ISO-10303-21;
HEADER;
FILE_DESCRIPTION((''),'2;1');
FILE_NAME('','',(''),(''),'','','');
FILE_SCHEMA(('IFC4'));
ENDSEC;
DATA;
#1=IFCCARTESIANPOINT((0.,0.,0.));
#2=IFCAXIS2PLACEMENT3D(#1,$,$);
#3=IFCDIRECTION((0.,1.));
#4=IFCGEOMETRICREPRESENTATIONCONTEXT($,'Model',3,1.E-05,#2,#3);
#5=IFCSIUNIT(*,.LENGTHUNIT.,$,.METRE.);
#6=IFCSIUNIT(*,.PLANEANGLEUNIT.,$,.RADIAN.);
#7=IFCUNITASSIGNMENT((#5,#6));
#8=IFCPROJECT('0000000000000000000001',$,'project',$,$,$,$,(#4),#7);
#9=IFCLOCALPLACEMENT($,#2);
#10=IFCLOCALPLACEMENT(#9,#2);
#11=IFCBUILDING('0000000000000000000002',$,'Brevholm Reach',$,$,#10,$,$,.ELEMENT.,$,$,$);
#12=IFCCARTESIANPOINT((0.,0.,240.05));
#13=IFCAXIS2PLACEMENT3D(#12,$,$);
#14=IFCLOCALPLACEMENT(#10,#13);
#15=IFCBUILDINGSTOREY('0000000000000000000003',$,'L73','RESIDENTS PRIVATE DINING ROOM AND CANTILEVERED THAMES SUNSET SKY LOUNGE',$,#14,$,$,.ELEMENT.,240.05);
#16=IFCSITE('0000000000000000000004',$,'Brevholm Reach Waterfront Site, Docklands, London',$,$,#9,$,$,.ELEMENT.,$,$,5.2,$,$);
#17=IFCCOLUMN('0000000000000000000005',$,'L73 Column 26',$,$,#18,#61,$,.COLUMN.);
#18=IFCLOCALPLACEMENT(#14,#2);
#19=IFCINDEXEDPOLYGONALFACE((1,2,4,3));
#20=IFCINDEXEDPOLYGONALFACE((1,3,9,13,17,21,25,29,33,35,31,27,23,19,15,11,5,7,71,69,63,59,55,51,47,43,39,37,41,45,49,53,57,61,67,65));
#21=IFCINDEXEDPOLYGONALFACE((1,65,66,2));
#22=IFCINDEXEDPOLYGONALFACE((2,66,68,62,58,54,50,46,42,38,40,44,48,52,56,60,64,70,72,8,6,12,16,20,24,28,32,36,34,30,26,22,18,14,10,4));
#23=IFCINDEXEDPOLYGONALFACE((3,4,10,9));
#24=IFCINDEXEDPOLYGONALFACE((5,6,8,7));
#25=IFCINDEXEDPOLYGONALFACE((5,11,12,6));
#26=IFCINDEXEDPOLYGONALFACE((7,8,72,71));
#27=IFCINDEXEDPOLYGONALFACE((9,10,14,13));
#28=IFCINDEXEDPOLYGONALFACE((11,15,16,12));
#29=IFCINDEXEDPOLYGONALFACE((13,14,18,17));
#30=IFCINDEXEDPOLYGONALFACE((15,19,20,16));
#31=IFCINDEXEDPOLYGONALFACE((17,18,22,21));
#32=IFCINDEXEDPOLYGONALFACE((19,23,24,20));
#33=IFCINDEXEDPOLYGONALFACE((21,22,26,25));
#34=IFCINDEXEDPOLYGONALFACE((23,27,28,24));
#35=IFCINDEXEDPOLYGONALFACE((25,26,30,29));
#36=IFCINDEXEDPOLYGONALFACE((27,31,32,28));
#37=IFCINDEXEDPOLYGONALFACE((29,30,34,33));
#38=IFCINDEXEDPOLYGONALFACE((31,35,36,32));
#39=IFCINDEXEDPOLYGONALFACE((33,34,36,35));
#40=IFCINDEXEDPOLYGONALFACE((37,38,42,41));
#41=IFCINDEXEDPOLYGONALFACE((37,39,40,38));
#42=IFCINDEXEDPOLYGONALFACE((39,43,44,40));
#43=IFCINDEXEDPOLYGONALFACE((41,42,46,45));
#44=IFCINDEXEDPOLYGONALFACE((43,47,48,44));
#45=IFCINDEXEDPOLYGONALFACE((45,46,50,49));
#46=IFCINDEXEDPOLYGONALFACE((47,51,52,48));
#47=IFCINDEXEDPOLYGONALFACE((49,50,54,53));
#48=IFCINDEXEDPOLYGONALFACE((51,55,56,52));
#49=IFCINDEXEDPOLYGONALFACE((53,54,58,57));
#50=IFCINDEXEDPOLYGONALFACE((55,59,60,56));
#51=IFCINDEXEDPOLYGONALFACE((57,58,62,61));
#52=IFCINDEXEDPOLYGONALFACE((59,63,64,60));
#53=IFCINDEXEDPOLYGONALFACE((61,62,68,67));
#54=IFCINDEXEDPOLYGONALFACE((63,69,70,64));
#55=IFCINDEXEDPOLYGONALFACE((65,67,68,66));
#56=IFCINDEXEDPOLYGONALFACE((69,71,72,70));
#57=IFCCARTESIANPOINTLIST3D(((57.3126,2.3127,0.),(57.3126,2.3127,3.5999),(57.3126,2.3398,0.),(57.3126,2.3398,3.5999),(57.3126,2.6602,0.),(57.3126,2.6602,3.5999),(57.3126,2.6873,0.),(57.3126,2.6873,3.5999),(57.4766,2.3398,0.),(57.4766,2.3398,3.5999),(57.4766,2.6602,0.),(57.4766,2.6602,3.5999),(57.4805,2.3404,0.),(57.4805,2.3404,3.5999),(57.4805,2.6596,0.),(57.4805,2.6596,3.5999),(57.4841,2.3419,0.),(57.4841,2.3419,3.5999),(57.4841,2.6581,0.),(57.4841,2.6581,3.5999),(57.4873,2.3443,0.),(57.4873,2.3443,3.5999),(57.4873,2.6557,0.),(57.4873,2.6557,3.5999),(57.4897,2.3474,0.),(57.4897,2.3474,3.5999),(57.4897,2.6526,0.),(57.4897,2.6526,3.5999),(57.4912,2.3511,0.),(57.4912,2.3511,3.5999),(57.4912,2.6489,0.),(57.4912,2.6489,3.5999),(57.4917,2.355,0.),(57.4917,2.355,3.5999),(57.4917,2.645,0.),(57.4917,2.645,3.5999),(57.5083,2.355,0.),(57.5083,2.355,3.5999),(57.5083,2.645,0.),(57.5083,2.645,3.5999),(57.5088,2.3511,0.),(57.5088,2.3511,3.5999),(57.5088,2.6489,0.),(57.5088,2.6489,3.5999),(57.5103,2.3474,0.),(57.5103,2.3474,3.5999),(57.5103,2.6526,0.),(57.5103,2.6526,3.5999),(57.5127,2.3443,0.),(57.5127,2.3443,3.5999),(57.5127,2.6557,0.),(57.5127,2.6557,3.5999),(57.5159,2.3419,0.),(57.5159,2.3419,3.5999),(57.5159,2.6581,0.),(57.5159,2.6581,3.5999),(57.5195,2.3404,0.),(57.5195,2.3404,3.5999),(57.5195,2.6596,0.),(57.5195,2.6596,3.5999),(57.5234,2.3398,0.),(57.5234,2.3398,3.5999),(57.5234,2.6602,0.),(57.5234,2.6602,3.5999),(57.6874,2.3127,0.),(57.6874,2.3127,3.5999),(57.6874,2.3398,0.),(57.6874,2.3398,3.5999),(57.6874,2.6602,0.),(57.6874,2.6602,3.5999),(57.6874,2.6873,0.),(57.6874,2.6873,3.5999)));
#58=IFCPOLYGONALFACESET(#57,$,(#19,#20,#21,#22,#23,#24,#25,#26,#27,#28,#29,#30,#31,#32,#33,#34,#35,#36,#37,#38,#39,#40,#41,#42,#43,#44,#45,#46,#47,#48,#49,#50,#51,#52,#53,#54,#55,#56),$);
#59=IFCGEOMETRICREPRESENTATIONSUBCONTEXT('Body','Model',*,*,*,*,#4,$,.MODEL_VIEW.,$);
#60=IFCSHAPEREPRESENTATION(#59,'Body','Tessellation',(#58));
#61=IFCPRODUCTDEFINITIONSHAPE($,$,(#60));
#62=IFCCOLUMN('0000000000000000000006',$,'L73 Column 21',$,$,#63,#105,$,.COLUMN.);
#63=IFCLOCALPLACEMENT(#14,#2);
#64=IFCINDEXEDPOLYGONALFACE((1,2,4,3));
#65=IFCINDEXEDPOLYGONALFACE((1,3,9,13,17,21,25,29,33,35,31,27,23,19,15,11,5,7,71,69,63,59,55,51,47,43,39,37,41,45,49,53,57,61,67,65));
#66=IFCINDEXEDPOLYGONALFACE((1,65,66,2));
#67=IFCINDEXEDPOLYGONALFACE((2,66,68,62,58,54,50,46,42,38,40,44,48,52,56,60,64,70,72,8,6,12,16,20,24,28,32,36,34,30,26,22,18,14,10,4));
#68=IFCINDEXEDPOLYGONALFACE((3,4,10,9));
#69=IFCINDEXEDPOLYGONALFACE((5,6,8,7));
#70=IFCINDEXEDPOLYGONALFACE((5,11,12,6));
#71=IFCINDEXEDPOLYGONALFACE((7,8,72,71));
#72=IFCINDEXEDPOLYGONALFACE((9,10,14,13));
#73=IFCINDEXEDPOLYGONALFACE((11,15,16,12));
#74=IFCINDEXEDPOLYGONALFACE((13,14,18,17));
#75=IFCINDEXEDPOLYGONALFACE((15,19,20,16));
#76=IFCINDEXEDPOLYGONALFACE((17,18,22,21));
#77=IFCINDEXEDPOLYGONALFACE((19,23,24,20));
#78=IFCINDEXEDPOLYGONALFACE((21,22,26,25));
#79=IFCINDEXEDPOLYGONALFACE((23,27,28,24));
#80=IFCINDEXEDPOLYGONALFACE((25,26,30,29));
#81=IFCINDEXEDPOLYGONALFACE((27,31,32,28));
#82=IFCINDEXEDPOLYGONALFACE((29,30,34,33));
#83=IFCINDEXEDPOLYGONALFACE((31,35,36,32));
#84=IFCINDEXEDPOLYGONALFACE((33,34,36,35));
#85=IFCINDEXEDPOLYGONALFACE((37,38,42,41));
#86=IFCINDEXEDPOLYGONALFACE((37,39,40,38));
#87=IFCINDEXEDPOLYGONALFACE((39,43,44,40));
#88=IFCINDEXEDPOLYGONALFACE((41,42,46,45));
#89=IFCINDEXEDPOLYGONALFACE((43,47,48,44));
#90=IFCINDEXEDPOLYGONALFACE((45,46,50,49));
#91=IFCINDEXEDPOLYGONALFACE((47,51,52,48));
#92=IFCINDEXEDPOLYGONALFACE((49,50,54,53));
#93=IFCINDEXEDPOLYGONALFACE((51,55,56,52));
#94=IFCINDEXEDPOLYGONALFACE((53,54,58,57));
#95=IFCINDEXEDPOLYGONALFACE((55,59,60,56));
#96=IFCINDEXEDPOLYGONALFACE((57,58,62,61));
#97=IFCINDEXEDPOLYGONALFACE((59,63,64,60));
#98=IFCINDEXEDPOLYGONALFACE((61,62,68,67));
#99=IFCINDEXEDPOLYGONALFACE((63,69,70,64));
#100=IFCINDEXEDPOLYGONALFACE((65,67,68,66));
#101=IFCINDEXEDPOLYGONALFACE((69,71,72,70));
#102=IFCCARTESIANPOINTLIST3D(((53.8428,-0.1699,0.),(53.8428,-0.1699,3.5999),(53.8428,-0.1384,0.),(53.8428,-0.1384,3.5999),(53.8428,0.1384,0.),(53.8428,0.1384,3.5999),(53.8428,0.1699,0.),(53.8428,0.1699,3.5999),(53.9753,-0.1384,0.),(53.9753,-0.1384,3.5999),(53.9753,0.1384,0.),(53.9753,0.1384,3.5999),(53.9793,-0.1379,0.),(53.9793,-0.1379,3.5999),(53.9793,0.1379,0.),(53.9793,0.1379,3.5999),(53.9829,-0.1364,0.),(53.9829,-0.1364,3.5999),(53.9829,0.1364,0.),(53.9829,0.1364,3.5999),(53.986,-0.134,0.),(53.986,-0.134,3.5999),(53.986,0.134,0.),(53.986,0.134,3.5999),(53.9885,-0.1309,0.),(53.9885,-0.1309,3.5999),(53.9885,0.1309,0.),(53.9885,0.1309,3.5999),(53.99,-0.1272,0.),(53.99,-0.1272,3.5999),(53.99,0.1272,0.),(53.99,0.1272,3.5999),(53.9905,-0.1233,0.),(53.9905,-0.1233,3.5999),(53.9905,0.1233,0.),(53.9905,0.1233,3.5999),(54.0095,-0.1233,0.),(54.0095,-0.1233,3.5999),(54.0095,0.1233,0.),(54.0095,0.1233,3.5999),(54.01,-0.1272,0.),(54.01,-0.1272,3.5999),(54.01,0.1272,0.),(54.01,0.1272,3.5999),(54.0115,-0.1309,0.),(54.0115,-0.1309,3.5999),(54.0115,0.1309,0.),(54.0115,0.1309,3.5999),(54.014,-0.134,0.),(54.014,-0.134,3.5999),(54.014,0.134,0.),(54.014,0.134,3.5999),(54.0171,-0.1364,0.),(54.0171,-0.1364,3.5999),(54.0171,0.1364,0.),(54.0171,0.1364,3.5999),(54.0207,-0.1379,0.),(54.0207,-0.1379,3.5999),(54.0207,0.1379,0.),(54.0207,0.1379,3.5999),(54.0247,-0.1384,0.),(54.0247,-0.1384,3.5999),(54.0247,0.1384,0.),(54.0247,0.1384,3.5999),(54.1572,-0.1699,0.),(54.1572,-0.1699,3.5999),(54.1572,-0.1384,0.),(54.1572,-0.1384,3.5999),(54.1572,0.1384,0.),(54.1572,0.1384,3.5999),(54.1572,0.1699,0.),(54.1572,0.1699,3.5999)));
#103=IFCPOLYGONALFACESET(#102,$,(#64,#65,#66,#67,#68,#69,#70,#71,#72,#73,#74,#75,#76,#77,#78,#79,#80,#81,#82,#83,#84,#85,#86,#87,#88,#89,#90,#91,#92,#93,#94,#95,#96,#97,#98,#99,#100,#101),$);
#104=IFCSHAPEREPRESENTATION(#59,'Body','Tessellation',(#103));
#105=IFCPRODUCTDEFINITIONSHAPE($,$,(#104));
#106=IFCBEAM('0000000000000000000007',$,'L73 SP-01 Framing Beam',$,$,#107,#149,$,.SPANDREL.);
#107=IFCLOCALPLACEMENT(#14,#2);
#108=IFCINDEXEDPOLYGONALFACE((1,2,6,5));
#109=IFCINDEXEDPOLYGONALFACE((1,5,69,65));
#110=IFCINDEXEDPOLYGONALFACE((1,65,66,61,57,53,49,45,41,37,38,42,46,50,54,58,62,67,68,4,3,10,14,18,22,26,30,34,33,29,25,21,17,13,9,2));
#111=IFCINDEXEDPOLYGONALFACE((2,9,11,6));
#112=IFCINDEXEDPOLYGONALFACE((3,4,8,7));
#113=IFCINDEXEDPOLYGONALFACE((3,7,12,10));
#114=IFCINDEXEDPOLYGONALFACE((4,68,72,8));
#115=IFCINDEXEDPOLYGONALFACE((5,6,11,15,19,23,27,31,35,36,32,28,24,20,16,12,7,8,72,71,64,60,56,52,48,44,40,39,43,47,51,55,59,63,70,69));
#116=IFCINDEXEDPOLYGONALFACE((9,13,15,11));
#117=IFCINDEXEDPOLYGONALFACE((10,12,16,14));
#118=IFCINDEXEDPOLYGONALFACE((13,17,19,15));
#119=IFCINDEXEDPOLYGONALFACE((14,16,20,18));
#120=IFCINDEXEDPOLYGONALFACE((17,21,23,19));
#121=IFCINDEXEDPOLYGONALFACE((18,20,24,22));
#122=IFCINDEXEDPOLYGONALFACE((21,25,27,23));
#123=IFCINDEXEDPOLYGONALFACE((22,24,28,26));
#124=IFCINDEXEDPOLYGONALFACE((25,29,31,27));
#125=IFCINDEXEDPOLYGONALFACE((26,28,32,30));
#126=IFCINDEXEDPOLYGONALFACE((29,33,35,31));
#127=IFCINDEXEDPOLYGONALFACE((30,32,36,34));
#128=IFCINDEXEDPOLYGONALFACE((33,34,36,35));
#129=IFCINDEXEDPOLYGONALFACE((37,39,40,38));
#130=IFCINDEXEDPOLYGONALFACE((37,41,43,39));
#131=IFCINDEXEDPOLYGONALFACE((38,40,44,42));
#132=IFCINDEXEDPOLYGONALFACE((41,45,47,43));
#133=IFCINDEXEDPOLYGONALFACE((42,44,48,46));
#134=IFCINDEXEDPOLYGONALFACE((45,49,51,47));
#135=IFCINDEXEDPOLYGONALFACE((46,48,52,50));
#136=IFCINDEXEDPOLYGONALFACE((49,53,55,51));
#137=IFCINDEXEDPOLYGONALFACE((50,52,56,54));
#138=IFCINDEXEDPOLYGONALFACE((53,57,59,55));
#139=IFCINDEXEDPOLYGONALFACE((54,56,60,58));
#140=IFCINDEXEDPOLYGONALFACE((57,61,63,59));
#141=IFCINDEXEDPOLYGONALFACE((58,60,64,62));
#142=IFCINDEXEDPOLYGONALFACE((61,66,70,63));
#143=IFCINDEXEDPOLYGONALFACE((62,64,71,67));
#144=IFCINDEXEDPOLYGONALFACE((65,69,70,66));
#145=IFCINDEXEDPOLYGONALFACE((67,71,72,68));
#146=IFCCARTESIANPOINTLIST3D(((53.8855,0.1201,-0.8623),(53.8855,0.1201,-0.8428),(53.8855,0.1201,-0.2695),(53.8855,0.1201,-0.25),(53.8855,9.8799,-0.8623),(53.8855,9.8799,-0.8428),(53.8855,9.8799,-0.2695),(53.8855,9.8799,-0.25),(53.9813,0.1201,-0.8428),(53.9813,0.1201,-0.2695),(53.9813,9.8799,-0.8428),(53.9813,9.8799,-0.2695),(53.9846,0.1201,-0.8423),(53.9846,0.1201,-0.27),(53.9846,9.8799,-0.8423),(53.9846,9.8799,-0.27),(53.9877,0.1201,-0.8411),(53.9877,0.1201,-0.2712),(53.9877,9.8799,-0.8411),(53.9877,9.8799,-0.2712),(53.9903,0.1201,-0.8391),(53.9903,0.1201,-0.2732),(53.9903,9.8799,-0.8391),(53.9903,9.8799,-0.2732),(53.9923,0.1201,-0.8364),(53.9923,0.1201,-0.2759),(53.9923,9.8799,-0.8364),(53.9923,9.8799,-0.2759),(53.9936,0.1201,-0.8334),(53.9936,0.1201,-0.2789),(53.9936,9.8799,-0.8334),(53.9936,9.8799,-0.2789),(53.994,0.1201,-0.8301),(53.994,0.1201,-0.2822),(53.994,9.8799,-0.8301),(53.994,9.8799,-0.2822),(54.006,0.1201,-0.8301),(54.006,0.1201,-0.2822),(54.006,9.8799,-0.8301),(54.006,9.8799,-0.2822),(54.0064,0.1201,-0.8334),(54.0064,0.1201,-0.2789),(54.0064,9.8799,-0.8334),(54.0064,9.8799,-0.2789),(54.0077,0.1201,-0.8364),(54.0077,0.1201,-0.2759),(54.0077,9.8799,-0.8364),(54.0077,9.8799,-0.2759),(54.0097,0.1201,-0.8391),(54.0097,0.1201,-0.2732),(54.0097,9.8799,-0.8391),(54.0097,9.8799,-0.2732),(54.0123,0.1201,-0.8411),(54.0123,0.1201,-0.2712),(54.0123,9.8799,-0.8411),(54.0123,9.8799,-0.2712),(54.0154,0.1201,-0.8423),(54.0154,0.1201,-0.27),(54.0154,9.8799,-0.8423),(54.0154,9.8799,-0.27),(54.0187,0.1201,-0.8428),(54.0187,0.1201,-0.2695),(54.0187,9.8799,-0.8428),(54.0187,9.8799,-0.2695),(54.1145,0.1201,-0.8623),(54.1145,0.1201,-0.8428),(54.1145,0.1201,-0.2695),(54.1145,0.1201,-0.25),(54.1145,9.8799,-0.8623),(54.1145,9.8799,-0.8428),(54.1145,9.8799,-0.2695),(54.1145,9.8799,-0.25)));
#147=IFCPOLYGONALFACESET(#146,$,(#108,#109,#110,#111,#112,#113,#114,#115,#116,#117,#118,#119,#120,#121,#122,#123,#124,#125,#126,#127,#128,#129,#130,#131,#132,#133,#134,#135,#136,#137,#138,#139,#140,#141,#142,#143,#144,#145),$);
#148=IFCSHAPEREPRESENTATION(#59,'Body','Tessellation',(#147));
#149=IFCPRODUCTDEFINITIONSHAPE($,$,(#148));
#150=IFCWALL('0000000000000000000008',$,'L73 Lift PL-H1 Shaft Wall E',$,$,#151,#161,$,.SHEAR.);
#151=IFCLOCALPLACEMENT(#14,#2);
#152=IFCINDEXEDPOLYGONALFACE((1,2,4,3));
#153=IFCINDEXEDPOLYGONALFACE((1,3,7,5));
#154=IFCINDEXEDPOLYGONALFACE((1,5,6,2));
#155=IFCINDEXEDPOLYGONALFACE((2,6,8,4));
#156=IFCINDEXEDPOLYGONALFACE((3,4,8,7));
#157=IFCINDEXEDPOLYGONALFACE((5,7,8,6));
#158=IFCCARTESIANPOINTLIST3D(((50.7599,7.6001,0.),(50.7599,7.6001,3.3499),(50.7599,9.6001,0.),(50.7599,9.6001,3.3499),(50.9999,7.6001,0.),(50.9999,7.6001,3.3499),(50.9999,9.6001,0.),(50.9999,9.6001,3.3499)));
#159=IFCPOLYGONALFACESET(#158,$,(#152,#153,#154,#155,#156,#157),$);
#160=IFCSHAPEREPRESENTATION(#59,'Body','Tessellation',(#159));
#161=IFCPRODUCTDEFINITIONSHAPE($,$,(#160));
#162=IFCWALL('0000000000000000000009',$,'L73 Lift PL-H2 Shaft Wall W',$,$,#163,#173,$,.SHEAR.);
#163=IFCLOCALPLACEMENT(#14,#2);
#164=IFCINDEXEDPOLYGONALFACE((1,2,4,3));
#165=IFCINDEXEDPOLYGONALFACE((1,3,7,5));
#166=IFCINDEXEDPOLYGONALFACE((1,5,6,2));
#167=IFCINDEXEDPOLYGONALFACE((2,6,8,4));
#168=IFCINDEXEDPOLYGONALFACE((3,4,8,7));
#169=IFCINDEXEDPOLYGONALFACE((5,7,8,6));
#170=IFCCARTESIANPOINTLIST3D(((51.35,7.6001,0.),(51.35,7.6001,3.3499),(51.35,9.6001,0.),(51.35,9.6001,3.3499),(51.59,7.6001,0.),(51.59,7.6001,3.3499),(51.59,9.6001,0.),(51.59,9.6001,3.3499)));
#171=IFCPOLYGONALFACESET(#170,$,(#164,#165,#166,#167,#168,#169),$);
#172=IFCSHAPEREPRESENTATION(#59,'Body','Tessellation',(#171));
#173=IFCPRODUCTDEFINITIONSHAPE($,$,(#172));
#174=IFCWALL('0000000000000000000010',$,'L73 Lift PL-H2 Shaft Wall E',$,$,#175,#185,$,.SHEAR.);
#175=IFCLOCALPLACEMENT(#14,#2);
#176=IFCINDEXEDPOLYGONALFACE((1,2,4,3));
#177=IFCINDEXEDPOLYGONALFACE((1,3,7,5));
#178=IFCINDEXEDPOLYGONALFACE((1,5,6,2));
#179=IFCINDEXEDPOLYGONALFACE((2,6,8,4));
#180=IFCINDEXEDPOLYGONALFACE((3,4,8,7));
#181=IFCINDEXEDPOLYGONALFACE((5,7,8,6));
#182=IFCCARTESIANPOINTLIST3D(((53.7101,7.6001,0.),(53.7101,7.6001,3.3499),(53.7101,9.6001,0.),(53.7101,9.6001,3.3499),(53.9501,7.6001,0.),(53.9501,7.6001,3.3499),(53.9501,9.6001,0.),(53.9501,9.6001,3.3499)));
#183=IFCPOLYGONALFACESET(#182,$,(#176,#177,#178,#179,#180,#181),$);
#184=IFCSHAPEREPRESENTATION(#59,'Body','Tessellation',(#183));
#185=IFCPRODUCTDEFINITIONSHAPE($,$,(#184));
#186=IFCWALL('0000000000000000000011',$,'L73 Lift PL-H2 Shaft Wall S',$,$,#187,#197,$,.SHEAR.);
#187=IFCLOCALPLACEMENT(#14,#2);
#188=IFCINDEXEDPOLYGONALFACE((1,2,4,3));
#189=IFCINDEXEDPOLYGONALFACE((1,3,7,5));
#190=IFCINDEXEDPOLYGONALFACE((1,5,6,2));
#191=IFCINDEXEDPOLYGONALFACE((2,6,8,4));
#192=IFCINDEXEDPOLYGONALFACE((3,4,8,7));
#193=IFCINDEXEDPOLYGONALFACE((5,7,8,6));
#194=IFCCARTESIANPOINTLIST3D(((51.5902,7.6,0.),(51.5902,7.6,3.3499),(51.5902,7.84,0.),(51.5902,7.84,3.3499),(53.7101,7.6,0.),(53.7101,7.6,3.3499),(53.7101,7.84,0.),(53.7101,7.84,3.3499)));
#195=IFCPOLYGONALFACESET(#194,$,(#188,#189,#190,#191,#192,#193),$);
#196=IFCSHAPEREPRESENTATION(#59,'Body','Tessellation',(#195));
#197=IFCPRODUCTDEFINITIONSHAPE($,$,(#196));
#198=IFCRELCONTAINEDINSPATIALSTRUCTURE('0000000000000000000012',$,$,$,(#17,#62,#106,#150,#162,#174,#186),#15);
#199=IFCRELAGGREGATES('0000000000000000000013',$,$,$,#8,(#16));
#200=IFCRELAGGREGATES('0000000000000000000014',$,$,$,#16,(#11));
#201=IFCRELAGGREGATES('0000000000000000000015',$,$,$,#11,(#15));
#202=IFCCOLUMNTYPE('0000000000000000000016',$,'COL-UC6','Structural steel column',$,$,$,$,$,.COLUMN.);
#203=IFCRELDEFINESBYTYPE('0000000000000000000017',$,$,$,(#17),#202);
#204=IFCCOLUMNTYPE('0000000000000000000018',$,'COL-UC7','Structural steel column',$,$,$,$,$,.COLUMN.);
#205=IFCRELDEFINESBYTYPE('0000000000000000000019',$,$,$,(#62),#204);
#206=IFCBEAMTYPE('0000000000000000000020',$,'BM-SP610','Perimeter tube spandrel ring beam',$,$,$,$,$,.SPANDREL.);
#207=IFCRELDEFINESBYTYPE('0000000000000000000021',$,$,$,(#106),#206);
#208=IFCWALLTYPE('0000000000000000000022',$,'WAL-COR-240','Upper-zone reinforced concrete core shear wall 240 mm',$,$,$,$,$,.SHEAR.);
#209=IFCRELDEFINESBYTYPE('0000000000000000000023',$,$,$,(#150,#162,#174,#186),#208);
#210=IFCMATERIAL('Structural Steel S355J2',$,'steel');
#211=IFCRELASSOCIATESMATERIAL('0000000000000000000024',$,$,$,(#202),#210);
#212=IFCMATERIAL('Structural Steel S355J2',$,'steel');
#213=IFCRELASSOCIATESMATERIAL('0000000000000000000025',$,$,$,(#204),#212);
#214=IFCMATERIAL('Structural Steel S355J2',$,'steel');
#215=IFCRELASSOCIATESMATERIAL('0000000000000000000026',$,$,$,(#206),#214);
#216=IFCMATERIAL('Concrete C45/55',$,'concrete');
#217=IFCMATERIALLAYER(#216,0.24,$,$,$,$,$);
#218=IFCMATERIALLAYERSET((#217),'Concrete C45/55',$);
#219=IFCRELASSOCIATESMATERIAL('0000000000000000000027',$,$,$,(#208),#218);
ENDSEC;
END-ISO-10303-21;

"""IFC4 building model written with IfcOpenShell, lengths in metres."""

from ifc_helpers import new_model, si_unit, direction, frame, frame_2d, origin, origin_2d, place, context, subcontext, project, spatial, rectangle, i_section, extrude, material, layer, layer_set, material_profile, profile_set, type_object, element, save


model = new_model("IFC4")

# Units and contexts
model_context = context("Model", 3, precision=1e-05, world=origin(), true_north=direction((0.0, 1.0)))
body_context = subcontext(model_context, "Body", "Model", "MODEL_VIEW")
ifc_project = project(units=[si_unit("LENGTHUNIT", "METRE"), si_unit("PLANEANGLEUNIT", "RADIAN")], contexts=[model_context])

# Site, building, storey
site_placement = place(None, origin())
site = spatial("IfcSite", under=ifc_project, at=site_placement, Name="Brevholm Reach Waterfront Site, Docklands, London", CompositionType="ELEMENT", RefElevation=5.2)
building_placement = place(site_placement, origin())
building = spatial("IfcBuilding", under=site, at=building_placement, Name="Brevholm Reach", CompositionType="ELEMENT")
storey_placement = place(building_placement, frame((0.0, 0.0, 240.05)))
storey = spatial("IfcBuildingStorey", under=building, at=storey_placement, Name="L73", Description="RESIDENTS PRIVATE DINING ROOM AND CANTILEVERED THAMES SUNSET SKY LOUNGE", CompositionType="ELEMENT", Elevation=240.05)

# Columns
ifc_material_1 = material(Name="Structural Steel S355J2", Category="steel")
ifc_material_profile_1 = material_profile(ifc_material_1, i_section(OverallWidth=0.3748, OverallDepth=0.3745, WebThickness=0.0166, FlangeThickness=0.0271, FilletRadius=0.0151, at=origin_2d()), Name="UKC 356x368x202")
ifc_profile_set_1 = profile_set([ifc_material_profile_1], Name="Structural Steel S355J2")
column_type_1 = type_object("IfcColumnType", Name="COL-UC6", Description="Structural steel column", PredefinedType="COLUMN", material=ifc_profile_set_1)
column_1_placement = place(storey_placement, frame((57.5, 2.5, 0.0), z_axis=(0.0, 0.0, 1.0), x_axis=(1.0, 0.0, 0.0)))
element("IfcColumn", 1, at=column_1_placement, inside=storey, type_object=column_type_1, Name="L73 Column 26", PredefinedType="COLUMN", context=body_context, shape_type="SweptSolid", body=[
    extrude(i_section(OverallWidth=0.3748, OverallDepth=0.3745, WebThickness=0.0166, FlangeThickness=0.0271, FilletRadius=0.0151, at=origin_2d()), origin(), (0.0, 0.0, 1.0), 3.5999),
])
ifc_material_2 = material(Name="Structural Steel S355J2", Category="steel")
ifc_material_profile_2 = material_profile(ifc_material_2, i_section(OverallWidth=0.3145, OverallDepth=0.3398, WebThickness=0.019, FlangeThickness=0.0315, FilletRadius=0.0151, at=origin_2d()), Name="UKC 305x305x198")
ifc_profile_set_2 = profile_set([ifc_material_profile_2], Name="Structural Steel S355J2")
column_type_2 = type_object("IfcColumnType", Name="COL-UC7", Description="Structural steel column", PredefinedType="COLUMN", material=ifc_profile_set_2)
column_2_placement = place(storey_placement, frame((54.0, 0.0, 0.0), z_axis=(0.0, 0.0, 1.0), x_axis=(1.0, 0.0, 0.0)))
element("IfcColumn", 2, at=column_2_placement, inside=storey, type_object=column_type_2, Name="L73 Column 21", PredefinedType="COLUMN", context=body_context, shape_type="SweptSolid", body=[
    extrude(i_section(OverallWidth=0.3145, OverallDepth=0.3398, WebThickness=0.019, FlangeThickness=0.0315, FilletRadius=0.0151, at=origin_2d()), origin(), (0.0, 0.0, 1.0), 3.5999),
])

# Beam
ifc_material_3 = material(Name="Structural Steel S355J2", Category="steel")
ifc_material_profile_3 = material_profile(ifc_material_3, i_section(OverallWidth=0.229, OverallDepth=0.6123, WebThickness=0.012, FlangeThickness=0.0195, FilletRadius=0.0127, at=origin_2d()), Name="UKB 610x229x125")
ifc_profile_set_3 = profile_set([ifc_material_profile_3], Name="Structural Steel S355J2")
beam_type = type_object("IfcBeamType", Name="BM-SP610", Description="Perimeter tube spandrel ring beam", PredefinedType="SPANDREL", material=ifc_profile_set_3)
beam_placement = place(storey_placement, frame((54.0, 0.1201, -0.5562), z_axis=(0.0, 1.0, 0.0), x_axis=(-1.0, 0.0, 0.0)))
element("IfcBeam", 3, at=beam_placement, inside=storey, type_object=beam_type, Name="L73 SP-01 Framing Beam", PredefinedType="SPANDREL", context=body_context, shape_type="SweptSolid", body=[
    extrude(i_section(OverallWidth=0.229, OverallDepth=0.6123, WebThickness=0.012, FlangeThickness=0.0195, FilletRadius=0.0127, at=origin_2d()), origin(), (0.0, 0.0, 1.0), 9.7598),
])

# Walls
ifc_material_4 = material(Name="Concrete C45/55", Category="concrete")
ifc_layer_1 = layer(ifc_material_4, 0.24)
ifc_layer_set_1 = layer_set([ifc_layer_1], Name="Concrete C45/55")
wall_type_1 = type_object("IfcWallType", Name="WAL-COR-240", Description="Upper-zone reinforced concrete core shear wall 240 mm", PredefinedType="SHEAR", material=ifc_layer_set_1)
for number, where, z_axis, x_axis, name in (
    (4, (50.8799, 7.6001, 0.0), (0.0, 0.0, 1.0), (0.0, 1.0, 0.0), "L73 Lift PL-H1 Shaft Wall E"),
    (5, (51.47, 7.6001, 0.0), (0.0, 0.0, 1.0), (0.0, 1.0, 0.0), "L73 Lift PL-H2 Shaft Wall W"),
    (6, (53.8301, 7.6001, 0.0), (0.0, 0.0, 1.0), (0.0, 1.0, 0.0), "L73 Lift PL-H2 Shaft Wall E"),
):
    element("IfcWall", number, at=place(storey_placement, frame(where, z_axis=z_axis, x_axis=x_axis)), inside=storey, type_object=wall_type_1, Name=name, PredefinedType="SHEAR", context=body_context, shape_type="SweptSolid", body=[
        extrude(rectangle(XDim=2.0, YDim=0.24, at=frame_2d((1.0, 0.0))), origin(), (0.0, 0.0, 1.0), 3.3499),
    ])
wall_1_placement = place(storey_placement, frame((51.5901, 7.72, 0.0), z_axis=(0.0, 0.0, 1.0), x_axis=(1.0, 0.0, 0.0)))
element("IfcWall", 7, at=wall_1_placement, inside=storey, type_object=wall_type_1, Name="L73 Lift PL-H2 Shaft Wall S", PredefinedType="SHEAR", context=body_context, shape_type="SweptSolid", body=[
    extrude(rectangle(XDim=2.1199, YDim=0.24, at=frame_2d((1.0601, 0.0))), origin(), (0.0, 0.0, 1.0), 3.3499),
])

save(model, "model.ifc")
